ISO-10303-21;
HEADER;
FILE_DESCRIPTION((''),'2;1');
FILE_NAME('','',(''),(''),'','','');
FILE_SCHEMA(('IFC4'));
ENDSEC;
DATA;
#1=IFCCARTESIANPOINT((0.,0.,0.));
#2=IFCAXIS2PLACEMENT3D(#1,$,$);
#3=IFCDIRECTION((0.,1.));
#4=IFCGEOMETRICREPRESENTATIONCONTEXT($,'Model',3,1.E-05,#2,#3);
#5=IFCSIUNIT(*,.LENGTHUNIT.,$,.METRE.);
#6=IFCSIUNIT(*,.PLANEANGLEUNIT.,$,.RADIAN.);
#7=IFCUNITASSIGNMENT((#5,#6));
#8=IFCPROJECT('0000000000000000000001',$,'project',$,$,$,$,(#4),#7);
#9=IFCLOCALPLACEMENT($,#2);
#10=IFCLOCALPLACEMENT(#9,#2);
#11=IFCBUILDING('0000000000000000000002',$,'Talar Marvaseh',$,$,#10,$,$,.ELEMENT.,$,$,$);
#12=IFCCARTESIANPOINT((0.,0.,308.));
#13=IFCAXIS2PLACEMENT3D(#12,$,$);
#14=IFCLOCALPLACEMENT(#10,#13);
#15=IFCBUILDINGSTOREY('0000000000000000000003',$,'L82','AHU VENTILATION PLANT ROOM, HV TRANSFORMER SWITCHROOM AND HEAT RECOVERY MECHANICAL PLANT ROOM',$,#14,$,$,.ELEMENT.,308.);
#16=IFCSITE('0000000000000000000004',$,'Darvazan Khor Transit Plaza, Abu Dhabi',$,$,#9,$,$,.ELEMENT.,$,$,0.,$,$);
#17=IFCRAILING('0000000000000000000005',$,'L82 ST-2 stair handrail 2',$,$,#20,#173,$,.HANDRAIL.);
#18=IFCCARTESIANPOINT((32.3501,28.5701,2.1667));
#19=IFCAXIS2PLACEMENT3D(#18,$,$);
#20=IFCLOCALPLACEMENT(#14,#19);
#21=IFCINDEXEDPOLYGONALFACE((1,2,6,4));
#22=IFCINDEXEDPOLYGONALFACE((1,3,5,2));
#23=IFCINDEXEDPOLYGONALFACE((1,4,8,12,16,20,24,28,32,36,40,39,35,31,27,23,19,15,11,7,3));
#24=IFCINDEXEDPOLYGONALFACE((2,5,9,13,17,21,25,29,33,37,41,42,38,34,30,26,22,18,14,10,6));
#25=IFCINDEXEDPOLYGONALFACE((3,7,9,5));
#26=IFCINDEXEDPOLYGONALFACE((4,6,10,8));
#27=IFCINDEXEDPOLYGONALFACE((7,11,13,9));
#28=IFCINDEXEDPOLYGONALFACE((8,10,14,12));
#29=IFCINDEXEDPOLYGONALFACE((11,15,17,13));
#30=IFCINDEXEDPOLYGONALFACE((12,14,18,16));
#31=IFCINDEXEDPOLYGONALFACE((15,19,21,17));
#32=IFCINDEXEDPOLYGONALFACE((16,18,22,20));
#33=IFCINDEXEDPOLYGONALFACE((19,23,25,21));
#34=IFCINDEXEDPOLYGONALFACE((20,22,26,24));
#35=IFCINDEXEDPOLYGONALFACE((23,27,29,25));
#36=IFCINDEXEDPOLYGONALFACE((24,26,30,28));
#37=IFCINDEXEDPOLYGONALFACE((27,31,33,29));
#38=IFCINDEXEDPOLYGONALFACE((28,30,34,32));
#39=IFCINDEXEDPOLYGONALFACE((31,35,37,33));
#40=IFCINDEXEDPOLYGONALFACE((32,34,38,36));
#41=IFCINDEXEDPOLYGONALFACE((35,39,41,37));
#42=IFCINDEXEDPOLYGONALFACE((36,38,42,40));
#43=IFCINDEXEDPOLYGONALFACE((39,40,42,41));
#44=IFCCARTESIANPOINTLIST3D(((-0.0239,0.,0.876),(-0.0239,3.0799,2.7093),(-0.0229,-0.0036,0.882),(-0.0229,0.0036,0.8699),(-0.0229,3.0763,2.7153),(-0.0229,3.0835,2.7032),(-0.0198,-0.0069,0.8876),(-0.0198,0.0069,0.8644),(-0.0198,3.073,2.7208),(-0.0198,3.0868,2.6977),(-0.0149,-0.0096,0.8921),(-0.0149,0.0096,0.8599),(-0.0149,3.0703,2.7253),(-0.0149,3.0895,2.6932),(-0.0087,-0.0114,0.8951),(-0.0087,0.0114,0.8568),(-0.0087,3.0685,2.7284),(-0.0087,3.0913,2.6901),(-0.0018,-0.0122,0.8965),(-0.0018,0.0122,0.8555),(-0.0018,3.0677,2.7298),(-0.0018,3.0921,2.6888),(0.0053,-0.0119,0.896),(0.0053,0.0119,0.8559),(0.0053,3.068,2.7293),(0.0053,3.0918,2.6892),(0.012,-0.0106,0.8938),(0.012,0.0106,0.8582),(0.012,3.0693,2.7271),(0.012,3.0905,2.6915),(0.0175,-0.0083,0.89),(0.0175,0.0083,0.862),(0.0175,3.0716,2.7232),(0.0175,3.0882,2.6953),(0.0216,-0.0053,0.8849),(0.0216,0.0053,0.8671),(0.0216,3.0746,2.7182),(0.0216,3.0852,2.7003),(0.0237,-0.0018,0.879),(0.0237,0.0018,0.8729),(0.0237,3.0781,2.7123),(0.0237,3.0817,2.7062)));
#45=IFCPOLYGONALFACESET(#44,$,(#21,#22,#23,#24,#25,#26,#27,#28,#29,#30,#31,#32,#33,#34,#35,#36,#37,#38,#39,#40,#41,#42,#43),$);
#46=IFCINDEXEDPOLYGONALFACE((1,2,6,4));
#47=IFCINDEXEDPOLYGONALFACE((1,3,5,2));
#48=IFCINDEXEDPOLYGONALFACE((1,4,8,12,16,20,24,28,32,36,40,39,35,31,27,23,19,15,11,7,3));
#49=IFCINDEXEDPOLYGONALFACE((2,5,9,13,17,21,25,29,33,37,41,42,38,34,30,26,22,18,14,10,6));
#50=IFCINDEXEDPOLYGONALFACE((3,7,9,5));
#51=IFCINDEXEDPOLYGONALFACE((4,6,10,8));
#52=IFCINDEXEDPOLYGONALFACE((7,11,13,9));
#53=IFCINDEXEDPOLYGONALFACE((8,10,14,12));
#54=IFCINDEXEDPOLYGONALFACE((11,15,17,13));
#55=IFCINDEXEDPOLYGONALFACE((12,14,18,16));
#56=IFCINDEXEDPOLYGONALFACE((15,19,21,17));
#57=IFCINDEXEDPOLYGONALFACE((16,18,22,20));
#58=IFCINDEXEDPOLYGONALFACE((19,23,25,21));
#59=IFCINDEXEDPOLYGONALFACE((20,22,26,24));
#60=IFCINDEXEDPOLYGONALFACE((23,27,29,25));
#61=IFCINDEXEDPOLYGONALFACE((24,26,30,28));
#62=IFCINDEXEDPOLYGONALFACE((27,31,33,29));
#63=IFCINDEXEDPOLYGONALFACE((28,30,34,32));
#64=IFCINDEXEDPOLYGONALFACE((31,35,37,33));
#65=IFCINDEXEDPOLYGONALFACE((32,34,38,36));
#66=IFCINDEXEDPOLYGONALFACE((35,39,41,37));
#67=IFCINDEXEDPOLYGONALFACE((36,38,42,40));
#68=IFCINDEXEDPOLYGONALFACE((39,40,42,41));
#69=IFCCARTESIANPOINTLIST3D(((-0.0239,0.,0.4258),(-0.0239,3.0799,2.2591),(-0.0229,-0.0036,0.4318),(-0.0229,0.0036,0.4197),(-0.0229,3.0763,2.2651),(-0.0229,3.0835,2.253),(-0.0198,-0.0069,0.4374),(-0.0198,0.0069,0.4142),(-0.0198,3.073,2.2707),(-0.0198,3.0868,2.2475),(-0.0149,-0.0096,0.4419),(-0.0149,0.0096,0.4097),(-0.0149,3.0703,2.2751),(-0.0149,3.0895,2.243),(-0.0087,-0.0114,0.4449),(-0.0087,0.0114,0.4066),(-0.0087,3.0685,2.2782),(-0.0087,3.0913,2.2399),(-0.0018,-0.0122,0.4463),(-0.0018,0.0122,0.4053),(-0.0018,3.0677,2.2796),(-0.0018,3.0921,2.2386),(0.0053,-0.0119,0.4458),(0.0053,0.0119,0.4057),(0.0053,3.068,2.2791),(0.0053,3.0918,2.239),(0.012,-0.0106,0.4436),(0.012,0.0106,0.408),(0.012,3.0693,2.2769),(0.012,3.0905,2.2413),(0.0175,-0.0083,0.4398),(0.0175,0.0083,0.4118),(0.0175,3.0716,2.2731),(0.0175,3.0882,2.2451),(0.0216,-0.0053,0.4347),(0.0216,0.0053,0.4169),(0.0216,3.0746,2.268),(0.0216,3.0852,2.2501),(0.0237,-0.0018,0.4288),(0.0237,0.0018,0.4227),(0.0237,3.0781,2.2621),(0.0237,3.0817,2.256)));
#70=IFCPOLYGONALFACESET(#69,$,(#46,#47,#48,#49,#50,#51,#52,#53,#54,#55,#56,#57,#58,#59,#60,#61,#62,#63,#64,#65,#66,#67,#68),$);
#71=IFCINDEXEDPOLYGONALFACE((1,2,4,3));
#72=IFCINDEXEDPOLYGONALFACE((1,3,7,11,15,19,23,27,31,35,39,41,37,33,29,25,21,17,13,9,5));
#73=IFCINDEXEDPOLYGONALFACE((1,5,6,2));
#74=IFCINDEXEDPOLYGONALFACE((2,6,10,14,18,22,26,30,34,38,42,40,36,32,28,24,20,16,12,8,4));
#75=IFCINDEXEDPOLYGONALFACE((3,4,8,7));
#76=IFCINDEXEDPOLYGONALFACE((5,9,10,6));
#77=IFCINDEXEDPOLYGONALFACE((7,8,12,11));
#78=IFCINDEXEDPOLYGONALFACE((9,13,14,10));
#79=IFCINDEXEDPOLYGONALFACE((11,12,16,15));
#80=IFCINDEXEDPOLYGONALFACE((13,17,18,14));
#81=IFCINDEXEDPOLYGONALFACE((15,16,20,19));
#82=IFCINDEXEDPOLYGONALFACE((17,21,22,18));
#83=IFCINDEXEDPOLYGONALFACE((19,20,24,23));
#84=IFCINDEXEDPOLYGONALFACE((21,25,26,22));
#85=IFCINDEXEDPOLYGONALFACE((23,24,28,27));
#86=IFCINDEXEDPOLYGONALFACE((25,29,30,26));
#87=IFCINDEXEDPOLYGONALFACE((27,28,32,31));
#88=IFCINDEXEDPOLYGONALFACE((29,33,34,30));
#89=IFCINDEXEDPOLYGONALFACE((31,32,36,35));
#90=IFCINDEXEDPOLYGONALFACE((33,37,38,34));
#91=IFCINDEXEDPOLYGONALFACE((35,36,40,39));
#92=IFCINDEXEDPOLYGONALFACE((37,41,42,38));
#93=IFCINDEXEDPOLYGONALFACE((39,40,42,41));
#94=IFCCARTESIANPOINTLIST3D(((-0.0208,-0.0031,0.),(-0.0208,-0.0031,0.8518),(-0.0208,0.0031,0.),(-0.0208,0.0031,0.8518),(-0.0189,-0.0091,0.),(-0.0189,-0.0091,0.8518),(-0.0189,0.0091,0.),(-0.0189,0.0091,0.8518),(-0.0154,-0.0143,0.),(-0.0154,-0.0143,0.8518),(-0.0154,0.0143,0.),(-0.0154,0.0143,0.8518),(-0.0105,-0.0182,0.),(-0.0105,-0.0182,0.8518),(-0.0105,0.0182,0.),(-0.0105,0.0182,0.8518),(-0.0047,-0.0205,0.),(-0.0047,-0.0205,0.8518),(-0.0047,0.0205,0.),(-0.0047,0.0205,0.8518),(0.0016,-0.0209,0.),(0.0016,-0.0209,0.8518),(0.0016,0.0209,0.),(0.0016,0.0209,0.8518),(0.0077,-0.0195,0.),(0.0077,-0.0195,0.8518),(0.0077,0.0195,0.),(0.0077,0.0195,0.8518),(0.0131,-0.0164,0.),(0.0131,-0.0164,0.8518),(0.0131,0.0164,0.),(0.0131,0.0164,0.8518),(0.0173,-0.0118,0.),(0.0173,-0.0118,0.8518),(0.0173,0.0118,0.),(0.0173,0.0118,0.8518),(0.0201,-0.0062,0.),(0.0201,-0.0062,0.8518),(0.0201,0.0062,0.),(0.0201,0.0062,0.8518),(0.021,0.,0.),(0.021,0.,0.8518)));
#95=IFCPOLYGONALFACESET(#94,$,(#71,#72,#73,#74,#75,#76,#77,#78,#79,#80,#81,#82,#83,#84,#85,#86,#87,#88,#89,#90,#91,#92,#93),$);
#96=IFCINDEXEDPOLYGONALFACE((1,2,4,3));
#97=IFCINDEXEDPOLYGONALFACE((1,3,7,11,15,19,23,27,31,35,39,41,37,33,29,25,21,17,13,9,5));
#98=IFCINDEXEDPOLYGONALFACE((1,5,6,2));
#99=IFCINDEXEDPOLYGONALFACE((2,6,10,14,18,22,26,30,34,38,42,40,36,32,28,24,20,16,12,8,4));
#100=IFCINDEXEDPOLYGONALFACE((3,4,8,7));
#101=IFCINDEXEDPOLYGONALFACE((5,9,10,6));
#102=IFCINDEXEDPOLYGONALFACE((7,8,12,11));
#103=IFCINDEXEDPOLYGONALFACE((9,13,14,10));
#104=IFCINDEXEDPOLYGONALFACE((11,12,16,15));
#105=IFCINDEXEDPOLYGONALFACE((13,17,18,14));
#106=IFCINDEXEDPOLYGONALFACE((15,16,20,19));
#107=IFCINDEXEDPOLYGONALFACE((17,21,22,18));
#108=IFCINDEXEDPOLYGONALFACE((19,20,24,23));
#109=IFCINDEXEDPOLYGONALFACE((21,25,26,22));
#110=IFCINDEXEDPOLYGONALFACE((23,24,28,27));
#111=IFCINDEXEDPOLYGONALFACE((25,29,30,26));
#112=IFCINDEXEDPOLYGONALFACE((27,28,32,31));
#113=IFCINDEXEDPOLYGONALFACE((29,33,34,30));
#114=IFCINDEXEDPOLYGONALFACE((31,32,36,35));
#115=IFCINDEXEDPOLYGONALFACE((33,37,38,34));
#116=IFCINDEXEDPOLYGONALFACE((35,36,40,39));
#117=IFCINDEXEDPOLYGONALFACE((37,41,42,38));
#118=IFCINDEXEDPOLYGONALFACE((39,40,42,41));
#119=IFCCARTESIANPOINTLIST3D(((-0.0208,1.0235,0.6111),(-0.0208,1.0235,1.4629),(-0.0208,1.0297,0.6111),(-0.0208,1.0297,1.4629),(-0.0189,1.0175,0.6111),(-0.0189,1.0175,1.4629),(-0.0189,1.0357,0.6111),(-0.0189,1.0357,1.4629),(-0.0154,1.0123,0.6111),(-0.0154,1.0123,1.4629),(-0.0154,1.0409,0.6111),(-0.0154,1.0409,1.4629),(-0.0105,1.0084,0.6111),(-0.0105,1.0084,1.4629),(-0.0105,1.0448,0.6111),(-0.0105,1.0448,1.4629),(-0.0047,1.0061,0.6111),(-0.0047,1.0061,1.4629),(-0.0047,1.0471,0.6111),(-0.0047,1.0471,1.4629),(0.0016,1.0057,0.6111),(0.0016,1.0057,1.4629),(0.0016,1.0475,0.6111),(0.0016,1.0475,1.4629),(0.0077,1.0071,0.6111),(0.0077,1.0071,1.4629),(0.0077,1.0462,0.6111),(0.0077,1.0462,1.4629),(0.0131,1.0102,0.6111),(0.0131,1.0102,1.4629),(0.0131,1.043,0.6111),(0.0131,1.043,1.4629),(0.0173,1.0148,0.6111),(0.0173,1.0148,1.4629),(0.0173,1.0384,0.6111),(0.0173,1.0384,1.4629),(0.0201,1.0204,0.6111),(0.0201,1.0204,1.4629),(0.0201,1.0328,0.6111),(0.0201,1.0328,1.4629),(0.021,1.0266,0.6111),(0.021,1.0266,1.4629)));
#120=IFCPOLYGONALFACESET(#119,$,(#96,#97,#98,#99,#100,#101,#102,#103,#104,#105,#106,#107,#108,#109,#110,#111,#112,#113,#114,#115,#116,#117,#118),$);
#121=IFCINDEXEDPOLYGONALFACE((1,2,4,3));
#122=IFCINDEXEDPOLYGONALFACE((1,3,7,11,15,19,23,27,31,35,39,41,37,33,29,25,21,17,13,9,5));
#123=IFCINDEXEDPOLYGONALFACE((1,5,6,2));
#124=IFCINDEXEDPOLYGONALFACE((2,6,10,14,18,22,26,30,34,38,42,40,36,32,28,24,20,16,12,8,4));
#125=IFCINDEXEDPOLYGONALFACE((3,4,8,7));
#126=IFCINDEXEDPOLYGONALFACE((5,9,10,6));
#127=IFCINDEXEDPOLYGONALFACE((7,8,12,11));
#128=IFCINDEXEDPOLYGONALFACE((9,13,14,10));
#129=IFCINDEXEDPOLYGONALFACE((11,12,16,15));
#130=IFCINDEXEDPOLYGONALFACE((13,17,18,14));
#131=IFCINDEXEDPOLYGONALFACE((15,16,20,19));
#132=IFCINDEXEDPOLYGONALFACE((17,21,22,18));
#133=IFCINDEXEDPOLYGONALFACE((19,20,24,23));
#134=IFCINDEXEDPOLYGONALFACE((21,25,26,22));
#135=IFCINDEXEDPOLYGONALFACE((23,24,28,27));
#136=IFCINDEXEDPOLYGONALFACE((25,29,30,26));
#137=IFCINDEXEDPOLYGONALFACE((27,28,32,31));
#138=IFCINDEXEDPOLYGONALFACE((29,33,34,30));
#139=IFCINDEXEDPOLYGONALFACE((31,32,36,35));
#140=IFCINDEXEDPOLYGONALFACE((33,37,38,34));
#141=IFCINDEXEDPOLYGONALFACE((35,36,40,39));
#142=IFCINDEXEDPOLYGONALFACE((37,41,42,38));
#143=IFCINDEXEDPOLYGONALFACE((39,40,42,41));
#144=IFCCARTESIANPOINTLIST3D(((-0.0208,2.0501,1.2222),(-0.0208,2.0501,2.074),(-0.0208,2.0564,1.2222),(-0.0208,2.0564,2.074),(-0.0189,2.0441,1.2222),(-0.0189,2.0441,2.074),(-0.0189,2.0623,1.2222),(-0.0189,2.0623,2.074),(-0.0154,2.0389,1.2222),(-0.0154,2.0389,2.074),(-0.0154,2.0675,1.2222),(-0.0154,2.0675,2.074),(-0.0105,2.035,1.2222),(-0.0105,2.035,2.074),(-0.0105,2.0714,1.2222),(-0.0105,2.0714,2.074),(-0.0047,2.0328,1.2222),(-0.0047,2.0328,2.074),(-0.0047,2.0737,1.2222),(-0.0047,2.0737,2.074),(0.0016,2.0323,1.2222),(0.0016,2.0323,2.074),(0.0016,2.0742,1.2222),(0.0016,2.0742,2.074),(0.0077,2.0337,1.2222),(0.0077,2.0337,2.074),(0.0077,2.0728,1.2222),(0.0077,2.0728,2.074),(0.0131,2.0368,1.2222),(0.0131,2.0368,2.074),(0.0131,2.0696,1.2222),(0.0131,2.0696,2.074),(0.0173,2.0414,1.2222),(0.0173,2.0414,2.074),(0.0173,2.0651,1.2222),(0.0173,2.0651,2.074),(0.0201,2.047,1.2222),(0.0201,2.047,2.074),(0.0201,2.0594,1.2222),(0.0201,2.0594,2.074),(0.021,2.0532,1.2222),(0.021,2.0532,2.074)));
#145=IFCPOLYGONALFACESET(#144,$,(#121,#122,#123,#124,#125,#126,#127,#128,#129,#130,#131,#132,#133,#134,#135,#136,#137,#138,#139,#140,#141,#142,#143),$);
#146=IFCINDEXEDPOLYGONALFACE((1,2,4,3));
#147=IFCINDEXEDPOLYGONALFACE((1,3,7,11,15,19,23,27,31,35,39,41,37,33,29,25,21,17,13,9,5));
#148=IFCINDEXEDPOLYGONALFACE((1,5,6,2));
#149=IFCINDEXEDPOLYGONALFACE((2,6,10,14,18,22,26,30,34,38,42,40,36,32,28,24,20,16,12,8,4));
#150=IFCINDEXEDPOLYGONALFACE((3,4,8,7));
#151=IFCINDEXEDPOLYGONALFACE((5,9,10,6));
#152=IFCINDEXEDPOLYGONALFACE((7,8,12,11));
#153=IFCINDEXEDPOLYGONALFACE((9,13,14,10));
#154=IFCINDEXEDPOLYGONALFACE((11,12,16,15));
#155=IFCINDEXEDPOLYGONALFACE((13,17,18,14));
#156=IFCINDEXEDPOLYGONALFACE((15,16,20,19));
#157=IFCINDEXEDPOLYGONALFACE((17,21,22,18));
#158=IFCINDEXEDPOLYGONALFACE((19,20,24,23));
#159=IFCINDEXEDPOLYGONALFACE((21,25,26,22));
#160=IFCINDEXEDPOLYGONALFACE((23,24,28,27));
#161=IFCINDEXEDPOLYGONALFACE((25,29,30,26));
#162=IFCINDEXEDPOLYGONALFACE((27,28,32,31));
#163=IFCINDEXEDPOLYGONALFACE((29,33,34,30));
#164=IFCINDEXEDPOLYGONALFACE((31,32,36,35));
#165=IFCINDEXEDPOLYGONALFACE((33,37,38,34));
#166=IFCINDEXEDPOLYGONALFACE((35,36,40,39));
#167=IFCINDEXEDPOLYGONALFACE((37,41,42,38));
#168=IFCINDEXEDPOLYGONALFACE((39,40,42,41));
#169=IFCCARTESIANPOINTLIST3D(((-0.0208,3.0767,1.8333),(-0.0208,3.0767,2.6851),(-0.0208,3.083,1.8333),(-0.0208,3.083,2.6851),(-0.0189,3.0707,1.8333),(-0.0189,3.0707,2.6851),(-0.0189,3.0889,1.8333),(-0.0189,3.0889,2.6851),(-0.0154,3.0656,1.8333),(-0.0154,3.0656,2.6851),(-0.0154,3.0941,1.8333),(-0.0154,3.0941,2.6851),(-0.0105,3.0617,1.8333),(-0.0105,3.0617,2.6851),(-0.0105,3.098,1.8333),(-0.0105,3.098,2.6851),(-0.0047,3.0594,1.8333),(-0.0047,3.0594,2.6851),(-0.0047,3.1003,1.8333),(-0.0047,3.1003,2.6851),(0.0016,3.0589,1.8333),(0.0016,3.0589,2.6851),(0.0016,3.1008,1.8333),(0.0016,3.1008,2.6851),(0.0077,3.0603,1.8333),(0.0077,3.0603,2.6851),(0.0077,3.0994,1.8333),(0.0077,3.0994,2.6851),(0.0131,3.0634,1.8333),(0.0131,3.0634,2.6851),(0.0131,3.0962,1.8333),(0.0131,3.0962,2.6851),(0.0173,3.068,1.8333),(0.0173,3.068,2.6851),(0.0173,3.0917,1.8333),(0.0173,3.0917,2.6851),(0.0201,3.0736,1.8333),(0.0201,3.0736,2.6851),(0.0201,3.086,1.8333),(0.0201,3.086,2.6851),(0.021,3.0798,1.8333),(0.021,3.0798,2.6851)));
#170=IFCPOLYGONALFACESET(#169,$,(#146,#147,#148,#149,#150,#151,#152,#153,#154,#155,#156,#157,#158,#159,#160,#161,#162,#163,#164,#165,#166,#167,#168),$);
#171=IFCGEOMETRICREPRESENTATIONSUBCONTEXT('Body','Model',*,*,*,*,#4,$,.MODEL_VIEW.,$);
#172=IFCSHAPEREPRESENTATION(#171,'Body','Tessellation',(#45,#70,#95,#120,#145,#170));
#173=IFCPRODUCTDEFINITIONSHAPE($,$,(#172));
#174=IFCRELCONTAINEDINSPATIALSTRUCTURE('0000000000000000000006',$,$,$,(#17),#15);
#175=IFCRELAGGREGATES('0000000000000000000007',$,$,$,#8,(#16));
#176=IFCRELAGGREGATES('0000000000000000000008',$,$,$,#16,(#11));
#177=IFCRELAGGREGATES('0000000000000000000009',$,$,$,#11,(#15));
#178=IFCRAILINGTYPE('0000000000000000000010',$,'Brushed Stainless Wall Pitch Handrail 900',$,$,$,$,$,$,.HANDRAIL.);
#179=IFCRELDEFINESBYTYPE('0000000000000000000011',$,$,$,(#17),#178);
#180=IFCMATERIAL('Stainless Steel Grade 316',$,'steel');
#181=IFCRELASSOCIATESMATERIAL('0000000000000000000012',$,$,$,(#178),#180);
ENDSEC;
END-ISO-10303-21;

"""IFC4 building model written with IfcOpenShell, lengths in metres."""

from ifc_helpers import new_model, si_unit, direction, frame, origin, origin_2d, place, context, subcontext, project, spatial, circle, extrude, material, type_object, element, save


model = new_model("IFC4")

# Units and contexts
model_context = context("Model", 3, precision=1e-05, world=origin(), true_north=direction((0.0, 1.0)))
body_context = subcontext(model_context, "Body", "Model", "MODEL_VIEW")
ifc_project = project(units=[si_unit("LENGTHUNIT", "METRE"), si_unit("PLANEANGLEUNIT", "RADIAN")], contexts=[model_context])

# Site, building, storey
site_placement = place(None, origin())
site = spatial("IfcSite", under=ifc_project, at=site_placement, Name="Darvazan Khor Transit Plaza, Abu Dhabi", CompositionType="ELEMENT", RefElevation=0.0)
building_placement = place(site_placement, origin())
building = spatial("IfcBuilding", under=site, at=building_placement, Name="Talar Marvaseh", CompositionType="ELEMENT")
storey_placement = place(building_placement, frame((0.0, 0.0, 308.0)))
storey = spatial("IfcBuildingStorey", under=building, at=storey_placement, Name="L82", Description="AHU VENTILATION PLANT ROOM, HV TRANSFORMER SWITCHROOM AND HEAT RECOVERY MECHANICAL PLANT ROOM", CompositionType="ELEMENT", Elevation=308.0)

# Railing
ifc_material_1 = material(Name="Stainless Steel Grade 316", Category="steel")
railing_type_1 = type_object("IfcRailingType", Name="Brushed Stainless Wall Pitch Handrail 900", PredefinedType="HANDRAIL", material=ifc_material_1)
railing_1_placement = place(storey_placement, frame((32.3501, 28.5701, 2.1667)))
element("IfcRailing", 1, at=railing_1_placement, inside=storey, type_object=railing_type_1, Name="L82 ST-2 stair handrail 2", PredefinedType="HANDRAIL", context=body_context, shape_type="SweptSolid", body=[
    extrude(circle(Radius=0.0239, at=origin_2d()), frame((0.0, 0.0, 0.876), z_axis=(0.0, 0.859291, 0.511487), x_axis=(-1.0, 0.0, 0.0)), (0.0, 0.0, 1.0), 3.5842),
    extrude(circle(Radius=0.0239, at=origin_2d()), frame((0.0, 0.0, 0.4258), z_axis=(0.0, 0.859291, 0.511487), x_axis=(-1.0, 0.0, 0.0)), (0.0, 0.0, 1.0), 3.5842),
    extrude(circle(Radius=0.021, at=origin_2d()), origin(), (0.0, 0.0, 1.0), 0.8518),
    extrude(circle(Radius=0.021, at=origin_2d()), frame((0.0, 1.0266, 0.6111)), (0.0, 0.0, 1.0), 0.8518),
    extrude(circle(Radius=0.021, at=origin_2d()), frame((0.0, 2.0532, 1.2222)), (0.0, 0.0, 1.0), 0.8518),
    extrude(circle(Radius=0.021, at=origin_2d()), frame((0.0, 3.0798, 1.8333)), (0.0, 0.0, 1.0), 0.8518),
])

save(model, "model.ifc")
